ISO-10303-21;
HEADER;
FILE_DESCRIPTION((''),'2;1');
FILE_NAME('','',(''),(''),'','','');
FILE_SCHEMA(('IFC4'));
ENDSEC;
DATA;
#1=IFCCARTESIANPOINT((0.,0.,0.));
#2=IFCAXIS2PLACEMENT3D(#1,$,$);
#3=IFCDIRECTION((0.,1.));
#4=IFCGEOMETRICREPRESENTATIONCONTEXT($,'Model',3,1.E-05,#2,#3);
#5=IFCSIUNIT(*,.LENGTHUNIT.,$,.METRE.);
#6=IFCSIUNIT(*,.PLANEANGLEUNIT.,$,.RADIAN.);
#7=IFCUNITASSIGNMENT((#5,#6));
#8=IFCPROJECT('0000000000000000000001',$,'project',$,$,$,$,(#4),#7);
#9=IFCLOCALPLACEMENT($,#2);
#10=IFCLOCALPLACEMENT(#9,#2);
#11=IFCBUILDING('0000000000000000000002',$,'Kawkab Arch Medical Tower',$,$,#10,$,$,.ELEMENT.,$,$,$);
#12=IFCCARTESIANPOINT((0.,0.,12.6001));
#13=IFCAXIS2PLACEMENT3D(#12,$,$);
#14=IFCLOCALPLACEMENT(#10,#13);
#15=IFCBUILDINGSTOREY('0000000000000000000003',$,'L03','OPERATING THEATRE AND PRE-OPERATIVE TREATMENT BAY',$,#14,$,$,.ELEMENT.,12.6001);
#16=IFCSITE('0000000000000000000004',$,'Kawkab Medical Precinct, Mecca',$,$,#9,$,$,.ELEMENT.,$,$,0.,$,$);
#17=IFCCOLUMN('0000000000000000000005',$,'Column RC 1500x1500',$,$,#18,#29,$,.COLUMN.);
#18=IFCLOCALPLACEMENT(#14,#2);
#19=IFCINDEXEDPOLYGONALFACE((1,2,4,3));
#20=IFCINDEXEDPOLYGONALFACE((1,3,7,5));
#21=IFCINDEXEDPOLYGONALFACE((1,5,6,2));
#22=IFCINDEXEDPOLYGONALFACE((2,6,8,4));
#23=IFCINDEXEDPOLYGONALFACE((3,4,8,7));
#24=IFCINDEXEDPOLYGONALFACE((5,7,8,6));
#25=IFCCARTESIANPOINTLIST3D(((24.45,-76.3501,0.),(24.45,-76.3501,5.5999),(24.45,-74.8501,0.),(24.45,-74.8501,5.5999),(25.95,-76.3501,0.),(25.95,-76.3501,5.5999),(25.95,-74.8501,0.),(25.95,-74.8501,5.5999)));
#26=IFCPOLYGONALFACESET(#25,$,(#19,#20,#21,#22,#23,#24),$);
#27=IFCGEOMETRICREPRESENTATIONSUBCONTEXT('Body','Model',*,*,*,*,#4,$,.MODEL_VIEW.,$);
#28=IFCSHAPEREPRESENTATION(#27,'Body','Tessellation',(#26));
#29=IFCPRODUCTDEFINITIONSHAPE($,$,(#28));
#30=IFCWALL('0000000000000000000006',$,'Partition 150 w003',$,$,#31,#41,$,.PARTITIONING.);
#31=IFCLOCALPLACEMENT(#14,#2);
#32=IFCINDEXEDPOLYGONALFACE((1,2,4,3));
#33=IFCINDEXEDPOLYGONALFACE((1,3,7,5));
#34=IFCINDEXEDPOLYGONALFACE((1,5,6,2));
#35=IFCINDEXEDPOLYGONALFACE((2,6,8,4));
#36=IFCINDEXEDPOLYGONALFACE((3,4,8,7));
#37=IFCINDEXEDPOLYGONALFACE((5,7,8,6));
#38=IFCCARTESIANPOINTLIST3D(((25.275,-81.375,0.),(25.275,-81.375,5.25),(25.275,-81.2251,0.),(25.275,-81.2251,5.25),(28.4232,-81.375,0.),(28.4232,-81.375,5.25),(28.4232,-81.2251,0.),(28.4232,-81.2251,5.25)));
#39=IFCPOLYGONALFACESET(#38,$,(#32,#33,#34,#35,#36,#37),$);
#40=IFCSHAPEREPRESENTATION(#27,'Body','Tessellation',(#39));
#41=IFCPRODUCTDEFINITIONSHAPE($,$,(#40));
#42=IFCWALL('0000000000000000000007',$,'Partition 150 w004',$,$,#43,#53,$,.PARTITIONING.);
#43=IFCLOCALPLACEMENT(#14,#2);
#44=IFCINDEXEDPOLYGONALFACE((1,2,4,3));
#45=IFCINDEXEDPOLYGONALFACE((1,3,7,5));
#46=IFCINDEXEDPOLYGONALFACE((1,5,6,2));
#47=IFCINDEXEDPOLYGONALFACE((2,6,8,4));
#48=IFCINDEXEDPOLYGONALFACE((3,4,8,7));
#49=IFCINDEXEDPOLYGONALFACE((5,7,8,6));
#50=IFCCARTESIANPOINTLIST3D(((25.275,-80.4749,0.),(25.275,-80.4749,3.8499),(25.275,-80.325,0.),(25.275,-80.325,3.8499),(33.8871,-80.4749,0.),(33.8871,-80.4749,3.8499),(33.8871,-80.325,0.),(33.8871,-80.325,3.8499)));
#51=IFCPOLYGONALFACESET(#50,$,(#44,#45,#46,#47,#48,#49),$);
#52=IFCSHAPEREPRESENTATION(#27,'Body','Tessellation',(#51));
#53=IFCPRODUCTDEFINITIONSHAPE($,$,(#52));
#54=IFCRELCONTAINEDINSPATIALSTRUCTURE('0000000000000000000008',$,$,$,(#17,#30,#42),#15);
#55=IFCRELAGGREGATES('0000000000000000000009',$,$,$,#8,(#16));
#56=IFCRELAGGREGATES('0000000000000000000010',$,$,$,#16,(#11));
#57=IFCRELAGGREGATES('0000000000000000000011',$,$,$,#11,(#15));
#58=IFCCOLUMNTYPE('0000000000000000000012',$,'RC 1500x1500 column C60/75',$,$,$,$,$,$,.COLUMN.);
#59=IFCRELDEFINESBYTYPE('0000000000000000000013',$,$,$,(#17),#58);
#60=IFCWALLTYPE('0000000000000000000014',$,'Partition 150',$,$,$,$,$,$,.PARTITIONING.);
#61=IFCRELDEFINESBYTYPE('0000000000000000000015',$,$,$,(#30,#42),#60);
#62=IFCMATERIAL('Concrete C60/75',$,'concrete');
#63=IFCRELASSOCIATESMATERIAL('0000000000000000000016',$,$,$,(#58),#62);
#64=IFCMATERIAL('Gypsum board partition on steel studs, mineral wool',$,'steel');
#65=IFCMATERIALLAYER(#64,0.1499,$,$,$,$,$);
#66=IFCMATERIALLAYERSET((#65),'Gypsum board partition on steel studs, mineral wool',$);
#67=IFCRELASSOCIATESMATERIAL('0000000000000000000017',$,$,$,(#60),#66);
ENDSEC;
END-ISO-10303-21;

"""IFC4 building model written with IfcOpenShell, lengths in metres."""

from ifc_helpers import new_model, si_unit, direction, frame, frame_2d, origin, origin_2d, place, context, subcontext, project, spatial, rectangle, extrude, material, layer, layer_set, material_profile, profile_set, type_object, element, save


model = new_model("IFC4")

# Units and contexts
model_context = context("Model", 3, precision=1e-05, world=origin(), true_north=direction((0.0, 1.0)))
body_context = subcontext(model_context, "Body", "Model", "MODEL_VIEW")
ifc_project = project(units=[si_unit("LENGTHUNIT", "METRE"), si_unit("PLANEANGLEUNIT", "RADIAN")], contexts=[model_context])

# Site, building, storey
site_placement = place(None, origin())
site = spatial("IfcSite", under=ifc_project, at=site_placement, Name="Kawkab Medical Precinct, Mecca", CompositionType="ELEMENT", RefElevation=0.0)
building_placement = place(site_placement, origin())
building = spatial("IfcBuilding", under=site, at=building_placement, Name="Kawkab Arch Medical Tower", CompositionType="ELEMENT")
storey_placement = place(building_placement, frame((0.0, 0.0, 12.6001)))
storey = spatial("IfcBuildingStorey", under=building, at=storey_placement, Name="L03", Description="OPERATING THEATRE AND PRE-OPERATIVE TREATMENT BAY", CompositionType="ELEMENT", Elevation=12.6001)

# Column
ifc_material_1 = material(Name="Concrete C60/75", Category="concrete")
ifc_material_profile = material_profile(ifc_material_1, rectangle(XDim=1.5, YDim=1.5, at=origin_2d()), Name="RC 1500x1500")
ifc_profile_set = profile_set([ifc_material_profile], Name="Concrete C60/75")
column_type = type_object("IfcColumnType", Name="RC 1500x1500 column C60/75", PredefinedType="COLUMN", material=ifc_profile_set)
column_placement = place(storey_placement, frame((25.2, -75.6001, 0.0), z_axis=(0.0, 0.0, 1.0), x_axis=(1.0, 0.0, 0.0)))
element("IfcColumn", 1, at=column_placement, inside=storey, type_object=column_type, Name="Column RC 1500x1500", PredefinedType="COLUMN", context=body_context, shape_type="SweptSolid", body=[
    extrude(rectangle(XDim=1.5, YDim=1.5, at=origin_2d()), origin(), (0.0, 0.0, 1.0), 5.5999),
])

# Walls
ifc_material_2 = material(Name="Gypsum board partition on steel studs, mineral wool", Category="steel")
ifc_layer = layer(ifc_material_2, 0.1499)
ifc_layer_set = layer_set([ifc_layer], Name="Gypsum board partition on steel studs, mineral wool")
wall_type = type_object("IfcWallType", Name="Partition 150", PredefinedType="PARTITIONING", material=ifc_layer_set)
wall_1_placement = place(storey_placement, frame((25.2749, -81.3, 0.0), z_axis=(0.0, 0.0, 1.0), x_axis=(1.0, 0.0, 0.0)))
element("IfcWall", 2, at=wall_1_placement, inside=storey, type_object=wall_type, Name="Partition 150 w003", PredefinedType="PARTITIONING", context=body_context, shape_type="SweptSolid", body=[
    extrude(rectangle(XDim=3.1482, YDim=0.1499, at=frame_2d((1.5742, 0.0))), origin(), (0.0, 0.0, 1.0), 5.25),
])
wall_2_placement = place(storey_placement, frame((25.2749, -80.3999, 0.0), z_axis=(0.0, 0.0, 1.0), x_axis=(1.0, 0.0, 0.0)))
element("IfcWall", 3, at=wall_2_placement, inside=storey, type_object=wall_type, Name="Partition 150 w004", PredefinedType="PARTITIONING", context=body_context, shape_type="SweptSolid", body=[
    extrude(rectangle(XDim=8.6121, YDim=0.1499, at=frame_2d((4.3062, 0.0))), origin(), (0.0, 0.0, 1.0), 3.8499),
])

save(model, "model.ifc")
